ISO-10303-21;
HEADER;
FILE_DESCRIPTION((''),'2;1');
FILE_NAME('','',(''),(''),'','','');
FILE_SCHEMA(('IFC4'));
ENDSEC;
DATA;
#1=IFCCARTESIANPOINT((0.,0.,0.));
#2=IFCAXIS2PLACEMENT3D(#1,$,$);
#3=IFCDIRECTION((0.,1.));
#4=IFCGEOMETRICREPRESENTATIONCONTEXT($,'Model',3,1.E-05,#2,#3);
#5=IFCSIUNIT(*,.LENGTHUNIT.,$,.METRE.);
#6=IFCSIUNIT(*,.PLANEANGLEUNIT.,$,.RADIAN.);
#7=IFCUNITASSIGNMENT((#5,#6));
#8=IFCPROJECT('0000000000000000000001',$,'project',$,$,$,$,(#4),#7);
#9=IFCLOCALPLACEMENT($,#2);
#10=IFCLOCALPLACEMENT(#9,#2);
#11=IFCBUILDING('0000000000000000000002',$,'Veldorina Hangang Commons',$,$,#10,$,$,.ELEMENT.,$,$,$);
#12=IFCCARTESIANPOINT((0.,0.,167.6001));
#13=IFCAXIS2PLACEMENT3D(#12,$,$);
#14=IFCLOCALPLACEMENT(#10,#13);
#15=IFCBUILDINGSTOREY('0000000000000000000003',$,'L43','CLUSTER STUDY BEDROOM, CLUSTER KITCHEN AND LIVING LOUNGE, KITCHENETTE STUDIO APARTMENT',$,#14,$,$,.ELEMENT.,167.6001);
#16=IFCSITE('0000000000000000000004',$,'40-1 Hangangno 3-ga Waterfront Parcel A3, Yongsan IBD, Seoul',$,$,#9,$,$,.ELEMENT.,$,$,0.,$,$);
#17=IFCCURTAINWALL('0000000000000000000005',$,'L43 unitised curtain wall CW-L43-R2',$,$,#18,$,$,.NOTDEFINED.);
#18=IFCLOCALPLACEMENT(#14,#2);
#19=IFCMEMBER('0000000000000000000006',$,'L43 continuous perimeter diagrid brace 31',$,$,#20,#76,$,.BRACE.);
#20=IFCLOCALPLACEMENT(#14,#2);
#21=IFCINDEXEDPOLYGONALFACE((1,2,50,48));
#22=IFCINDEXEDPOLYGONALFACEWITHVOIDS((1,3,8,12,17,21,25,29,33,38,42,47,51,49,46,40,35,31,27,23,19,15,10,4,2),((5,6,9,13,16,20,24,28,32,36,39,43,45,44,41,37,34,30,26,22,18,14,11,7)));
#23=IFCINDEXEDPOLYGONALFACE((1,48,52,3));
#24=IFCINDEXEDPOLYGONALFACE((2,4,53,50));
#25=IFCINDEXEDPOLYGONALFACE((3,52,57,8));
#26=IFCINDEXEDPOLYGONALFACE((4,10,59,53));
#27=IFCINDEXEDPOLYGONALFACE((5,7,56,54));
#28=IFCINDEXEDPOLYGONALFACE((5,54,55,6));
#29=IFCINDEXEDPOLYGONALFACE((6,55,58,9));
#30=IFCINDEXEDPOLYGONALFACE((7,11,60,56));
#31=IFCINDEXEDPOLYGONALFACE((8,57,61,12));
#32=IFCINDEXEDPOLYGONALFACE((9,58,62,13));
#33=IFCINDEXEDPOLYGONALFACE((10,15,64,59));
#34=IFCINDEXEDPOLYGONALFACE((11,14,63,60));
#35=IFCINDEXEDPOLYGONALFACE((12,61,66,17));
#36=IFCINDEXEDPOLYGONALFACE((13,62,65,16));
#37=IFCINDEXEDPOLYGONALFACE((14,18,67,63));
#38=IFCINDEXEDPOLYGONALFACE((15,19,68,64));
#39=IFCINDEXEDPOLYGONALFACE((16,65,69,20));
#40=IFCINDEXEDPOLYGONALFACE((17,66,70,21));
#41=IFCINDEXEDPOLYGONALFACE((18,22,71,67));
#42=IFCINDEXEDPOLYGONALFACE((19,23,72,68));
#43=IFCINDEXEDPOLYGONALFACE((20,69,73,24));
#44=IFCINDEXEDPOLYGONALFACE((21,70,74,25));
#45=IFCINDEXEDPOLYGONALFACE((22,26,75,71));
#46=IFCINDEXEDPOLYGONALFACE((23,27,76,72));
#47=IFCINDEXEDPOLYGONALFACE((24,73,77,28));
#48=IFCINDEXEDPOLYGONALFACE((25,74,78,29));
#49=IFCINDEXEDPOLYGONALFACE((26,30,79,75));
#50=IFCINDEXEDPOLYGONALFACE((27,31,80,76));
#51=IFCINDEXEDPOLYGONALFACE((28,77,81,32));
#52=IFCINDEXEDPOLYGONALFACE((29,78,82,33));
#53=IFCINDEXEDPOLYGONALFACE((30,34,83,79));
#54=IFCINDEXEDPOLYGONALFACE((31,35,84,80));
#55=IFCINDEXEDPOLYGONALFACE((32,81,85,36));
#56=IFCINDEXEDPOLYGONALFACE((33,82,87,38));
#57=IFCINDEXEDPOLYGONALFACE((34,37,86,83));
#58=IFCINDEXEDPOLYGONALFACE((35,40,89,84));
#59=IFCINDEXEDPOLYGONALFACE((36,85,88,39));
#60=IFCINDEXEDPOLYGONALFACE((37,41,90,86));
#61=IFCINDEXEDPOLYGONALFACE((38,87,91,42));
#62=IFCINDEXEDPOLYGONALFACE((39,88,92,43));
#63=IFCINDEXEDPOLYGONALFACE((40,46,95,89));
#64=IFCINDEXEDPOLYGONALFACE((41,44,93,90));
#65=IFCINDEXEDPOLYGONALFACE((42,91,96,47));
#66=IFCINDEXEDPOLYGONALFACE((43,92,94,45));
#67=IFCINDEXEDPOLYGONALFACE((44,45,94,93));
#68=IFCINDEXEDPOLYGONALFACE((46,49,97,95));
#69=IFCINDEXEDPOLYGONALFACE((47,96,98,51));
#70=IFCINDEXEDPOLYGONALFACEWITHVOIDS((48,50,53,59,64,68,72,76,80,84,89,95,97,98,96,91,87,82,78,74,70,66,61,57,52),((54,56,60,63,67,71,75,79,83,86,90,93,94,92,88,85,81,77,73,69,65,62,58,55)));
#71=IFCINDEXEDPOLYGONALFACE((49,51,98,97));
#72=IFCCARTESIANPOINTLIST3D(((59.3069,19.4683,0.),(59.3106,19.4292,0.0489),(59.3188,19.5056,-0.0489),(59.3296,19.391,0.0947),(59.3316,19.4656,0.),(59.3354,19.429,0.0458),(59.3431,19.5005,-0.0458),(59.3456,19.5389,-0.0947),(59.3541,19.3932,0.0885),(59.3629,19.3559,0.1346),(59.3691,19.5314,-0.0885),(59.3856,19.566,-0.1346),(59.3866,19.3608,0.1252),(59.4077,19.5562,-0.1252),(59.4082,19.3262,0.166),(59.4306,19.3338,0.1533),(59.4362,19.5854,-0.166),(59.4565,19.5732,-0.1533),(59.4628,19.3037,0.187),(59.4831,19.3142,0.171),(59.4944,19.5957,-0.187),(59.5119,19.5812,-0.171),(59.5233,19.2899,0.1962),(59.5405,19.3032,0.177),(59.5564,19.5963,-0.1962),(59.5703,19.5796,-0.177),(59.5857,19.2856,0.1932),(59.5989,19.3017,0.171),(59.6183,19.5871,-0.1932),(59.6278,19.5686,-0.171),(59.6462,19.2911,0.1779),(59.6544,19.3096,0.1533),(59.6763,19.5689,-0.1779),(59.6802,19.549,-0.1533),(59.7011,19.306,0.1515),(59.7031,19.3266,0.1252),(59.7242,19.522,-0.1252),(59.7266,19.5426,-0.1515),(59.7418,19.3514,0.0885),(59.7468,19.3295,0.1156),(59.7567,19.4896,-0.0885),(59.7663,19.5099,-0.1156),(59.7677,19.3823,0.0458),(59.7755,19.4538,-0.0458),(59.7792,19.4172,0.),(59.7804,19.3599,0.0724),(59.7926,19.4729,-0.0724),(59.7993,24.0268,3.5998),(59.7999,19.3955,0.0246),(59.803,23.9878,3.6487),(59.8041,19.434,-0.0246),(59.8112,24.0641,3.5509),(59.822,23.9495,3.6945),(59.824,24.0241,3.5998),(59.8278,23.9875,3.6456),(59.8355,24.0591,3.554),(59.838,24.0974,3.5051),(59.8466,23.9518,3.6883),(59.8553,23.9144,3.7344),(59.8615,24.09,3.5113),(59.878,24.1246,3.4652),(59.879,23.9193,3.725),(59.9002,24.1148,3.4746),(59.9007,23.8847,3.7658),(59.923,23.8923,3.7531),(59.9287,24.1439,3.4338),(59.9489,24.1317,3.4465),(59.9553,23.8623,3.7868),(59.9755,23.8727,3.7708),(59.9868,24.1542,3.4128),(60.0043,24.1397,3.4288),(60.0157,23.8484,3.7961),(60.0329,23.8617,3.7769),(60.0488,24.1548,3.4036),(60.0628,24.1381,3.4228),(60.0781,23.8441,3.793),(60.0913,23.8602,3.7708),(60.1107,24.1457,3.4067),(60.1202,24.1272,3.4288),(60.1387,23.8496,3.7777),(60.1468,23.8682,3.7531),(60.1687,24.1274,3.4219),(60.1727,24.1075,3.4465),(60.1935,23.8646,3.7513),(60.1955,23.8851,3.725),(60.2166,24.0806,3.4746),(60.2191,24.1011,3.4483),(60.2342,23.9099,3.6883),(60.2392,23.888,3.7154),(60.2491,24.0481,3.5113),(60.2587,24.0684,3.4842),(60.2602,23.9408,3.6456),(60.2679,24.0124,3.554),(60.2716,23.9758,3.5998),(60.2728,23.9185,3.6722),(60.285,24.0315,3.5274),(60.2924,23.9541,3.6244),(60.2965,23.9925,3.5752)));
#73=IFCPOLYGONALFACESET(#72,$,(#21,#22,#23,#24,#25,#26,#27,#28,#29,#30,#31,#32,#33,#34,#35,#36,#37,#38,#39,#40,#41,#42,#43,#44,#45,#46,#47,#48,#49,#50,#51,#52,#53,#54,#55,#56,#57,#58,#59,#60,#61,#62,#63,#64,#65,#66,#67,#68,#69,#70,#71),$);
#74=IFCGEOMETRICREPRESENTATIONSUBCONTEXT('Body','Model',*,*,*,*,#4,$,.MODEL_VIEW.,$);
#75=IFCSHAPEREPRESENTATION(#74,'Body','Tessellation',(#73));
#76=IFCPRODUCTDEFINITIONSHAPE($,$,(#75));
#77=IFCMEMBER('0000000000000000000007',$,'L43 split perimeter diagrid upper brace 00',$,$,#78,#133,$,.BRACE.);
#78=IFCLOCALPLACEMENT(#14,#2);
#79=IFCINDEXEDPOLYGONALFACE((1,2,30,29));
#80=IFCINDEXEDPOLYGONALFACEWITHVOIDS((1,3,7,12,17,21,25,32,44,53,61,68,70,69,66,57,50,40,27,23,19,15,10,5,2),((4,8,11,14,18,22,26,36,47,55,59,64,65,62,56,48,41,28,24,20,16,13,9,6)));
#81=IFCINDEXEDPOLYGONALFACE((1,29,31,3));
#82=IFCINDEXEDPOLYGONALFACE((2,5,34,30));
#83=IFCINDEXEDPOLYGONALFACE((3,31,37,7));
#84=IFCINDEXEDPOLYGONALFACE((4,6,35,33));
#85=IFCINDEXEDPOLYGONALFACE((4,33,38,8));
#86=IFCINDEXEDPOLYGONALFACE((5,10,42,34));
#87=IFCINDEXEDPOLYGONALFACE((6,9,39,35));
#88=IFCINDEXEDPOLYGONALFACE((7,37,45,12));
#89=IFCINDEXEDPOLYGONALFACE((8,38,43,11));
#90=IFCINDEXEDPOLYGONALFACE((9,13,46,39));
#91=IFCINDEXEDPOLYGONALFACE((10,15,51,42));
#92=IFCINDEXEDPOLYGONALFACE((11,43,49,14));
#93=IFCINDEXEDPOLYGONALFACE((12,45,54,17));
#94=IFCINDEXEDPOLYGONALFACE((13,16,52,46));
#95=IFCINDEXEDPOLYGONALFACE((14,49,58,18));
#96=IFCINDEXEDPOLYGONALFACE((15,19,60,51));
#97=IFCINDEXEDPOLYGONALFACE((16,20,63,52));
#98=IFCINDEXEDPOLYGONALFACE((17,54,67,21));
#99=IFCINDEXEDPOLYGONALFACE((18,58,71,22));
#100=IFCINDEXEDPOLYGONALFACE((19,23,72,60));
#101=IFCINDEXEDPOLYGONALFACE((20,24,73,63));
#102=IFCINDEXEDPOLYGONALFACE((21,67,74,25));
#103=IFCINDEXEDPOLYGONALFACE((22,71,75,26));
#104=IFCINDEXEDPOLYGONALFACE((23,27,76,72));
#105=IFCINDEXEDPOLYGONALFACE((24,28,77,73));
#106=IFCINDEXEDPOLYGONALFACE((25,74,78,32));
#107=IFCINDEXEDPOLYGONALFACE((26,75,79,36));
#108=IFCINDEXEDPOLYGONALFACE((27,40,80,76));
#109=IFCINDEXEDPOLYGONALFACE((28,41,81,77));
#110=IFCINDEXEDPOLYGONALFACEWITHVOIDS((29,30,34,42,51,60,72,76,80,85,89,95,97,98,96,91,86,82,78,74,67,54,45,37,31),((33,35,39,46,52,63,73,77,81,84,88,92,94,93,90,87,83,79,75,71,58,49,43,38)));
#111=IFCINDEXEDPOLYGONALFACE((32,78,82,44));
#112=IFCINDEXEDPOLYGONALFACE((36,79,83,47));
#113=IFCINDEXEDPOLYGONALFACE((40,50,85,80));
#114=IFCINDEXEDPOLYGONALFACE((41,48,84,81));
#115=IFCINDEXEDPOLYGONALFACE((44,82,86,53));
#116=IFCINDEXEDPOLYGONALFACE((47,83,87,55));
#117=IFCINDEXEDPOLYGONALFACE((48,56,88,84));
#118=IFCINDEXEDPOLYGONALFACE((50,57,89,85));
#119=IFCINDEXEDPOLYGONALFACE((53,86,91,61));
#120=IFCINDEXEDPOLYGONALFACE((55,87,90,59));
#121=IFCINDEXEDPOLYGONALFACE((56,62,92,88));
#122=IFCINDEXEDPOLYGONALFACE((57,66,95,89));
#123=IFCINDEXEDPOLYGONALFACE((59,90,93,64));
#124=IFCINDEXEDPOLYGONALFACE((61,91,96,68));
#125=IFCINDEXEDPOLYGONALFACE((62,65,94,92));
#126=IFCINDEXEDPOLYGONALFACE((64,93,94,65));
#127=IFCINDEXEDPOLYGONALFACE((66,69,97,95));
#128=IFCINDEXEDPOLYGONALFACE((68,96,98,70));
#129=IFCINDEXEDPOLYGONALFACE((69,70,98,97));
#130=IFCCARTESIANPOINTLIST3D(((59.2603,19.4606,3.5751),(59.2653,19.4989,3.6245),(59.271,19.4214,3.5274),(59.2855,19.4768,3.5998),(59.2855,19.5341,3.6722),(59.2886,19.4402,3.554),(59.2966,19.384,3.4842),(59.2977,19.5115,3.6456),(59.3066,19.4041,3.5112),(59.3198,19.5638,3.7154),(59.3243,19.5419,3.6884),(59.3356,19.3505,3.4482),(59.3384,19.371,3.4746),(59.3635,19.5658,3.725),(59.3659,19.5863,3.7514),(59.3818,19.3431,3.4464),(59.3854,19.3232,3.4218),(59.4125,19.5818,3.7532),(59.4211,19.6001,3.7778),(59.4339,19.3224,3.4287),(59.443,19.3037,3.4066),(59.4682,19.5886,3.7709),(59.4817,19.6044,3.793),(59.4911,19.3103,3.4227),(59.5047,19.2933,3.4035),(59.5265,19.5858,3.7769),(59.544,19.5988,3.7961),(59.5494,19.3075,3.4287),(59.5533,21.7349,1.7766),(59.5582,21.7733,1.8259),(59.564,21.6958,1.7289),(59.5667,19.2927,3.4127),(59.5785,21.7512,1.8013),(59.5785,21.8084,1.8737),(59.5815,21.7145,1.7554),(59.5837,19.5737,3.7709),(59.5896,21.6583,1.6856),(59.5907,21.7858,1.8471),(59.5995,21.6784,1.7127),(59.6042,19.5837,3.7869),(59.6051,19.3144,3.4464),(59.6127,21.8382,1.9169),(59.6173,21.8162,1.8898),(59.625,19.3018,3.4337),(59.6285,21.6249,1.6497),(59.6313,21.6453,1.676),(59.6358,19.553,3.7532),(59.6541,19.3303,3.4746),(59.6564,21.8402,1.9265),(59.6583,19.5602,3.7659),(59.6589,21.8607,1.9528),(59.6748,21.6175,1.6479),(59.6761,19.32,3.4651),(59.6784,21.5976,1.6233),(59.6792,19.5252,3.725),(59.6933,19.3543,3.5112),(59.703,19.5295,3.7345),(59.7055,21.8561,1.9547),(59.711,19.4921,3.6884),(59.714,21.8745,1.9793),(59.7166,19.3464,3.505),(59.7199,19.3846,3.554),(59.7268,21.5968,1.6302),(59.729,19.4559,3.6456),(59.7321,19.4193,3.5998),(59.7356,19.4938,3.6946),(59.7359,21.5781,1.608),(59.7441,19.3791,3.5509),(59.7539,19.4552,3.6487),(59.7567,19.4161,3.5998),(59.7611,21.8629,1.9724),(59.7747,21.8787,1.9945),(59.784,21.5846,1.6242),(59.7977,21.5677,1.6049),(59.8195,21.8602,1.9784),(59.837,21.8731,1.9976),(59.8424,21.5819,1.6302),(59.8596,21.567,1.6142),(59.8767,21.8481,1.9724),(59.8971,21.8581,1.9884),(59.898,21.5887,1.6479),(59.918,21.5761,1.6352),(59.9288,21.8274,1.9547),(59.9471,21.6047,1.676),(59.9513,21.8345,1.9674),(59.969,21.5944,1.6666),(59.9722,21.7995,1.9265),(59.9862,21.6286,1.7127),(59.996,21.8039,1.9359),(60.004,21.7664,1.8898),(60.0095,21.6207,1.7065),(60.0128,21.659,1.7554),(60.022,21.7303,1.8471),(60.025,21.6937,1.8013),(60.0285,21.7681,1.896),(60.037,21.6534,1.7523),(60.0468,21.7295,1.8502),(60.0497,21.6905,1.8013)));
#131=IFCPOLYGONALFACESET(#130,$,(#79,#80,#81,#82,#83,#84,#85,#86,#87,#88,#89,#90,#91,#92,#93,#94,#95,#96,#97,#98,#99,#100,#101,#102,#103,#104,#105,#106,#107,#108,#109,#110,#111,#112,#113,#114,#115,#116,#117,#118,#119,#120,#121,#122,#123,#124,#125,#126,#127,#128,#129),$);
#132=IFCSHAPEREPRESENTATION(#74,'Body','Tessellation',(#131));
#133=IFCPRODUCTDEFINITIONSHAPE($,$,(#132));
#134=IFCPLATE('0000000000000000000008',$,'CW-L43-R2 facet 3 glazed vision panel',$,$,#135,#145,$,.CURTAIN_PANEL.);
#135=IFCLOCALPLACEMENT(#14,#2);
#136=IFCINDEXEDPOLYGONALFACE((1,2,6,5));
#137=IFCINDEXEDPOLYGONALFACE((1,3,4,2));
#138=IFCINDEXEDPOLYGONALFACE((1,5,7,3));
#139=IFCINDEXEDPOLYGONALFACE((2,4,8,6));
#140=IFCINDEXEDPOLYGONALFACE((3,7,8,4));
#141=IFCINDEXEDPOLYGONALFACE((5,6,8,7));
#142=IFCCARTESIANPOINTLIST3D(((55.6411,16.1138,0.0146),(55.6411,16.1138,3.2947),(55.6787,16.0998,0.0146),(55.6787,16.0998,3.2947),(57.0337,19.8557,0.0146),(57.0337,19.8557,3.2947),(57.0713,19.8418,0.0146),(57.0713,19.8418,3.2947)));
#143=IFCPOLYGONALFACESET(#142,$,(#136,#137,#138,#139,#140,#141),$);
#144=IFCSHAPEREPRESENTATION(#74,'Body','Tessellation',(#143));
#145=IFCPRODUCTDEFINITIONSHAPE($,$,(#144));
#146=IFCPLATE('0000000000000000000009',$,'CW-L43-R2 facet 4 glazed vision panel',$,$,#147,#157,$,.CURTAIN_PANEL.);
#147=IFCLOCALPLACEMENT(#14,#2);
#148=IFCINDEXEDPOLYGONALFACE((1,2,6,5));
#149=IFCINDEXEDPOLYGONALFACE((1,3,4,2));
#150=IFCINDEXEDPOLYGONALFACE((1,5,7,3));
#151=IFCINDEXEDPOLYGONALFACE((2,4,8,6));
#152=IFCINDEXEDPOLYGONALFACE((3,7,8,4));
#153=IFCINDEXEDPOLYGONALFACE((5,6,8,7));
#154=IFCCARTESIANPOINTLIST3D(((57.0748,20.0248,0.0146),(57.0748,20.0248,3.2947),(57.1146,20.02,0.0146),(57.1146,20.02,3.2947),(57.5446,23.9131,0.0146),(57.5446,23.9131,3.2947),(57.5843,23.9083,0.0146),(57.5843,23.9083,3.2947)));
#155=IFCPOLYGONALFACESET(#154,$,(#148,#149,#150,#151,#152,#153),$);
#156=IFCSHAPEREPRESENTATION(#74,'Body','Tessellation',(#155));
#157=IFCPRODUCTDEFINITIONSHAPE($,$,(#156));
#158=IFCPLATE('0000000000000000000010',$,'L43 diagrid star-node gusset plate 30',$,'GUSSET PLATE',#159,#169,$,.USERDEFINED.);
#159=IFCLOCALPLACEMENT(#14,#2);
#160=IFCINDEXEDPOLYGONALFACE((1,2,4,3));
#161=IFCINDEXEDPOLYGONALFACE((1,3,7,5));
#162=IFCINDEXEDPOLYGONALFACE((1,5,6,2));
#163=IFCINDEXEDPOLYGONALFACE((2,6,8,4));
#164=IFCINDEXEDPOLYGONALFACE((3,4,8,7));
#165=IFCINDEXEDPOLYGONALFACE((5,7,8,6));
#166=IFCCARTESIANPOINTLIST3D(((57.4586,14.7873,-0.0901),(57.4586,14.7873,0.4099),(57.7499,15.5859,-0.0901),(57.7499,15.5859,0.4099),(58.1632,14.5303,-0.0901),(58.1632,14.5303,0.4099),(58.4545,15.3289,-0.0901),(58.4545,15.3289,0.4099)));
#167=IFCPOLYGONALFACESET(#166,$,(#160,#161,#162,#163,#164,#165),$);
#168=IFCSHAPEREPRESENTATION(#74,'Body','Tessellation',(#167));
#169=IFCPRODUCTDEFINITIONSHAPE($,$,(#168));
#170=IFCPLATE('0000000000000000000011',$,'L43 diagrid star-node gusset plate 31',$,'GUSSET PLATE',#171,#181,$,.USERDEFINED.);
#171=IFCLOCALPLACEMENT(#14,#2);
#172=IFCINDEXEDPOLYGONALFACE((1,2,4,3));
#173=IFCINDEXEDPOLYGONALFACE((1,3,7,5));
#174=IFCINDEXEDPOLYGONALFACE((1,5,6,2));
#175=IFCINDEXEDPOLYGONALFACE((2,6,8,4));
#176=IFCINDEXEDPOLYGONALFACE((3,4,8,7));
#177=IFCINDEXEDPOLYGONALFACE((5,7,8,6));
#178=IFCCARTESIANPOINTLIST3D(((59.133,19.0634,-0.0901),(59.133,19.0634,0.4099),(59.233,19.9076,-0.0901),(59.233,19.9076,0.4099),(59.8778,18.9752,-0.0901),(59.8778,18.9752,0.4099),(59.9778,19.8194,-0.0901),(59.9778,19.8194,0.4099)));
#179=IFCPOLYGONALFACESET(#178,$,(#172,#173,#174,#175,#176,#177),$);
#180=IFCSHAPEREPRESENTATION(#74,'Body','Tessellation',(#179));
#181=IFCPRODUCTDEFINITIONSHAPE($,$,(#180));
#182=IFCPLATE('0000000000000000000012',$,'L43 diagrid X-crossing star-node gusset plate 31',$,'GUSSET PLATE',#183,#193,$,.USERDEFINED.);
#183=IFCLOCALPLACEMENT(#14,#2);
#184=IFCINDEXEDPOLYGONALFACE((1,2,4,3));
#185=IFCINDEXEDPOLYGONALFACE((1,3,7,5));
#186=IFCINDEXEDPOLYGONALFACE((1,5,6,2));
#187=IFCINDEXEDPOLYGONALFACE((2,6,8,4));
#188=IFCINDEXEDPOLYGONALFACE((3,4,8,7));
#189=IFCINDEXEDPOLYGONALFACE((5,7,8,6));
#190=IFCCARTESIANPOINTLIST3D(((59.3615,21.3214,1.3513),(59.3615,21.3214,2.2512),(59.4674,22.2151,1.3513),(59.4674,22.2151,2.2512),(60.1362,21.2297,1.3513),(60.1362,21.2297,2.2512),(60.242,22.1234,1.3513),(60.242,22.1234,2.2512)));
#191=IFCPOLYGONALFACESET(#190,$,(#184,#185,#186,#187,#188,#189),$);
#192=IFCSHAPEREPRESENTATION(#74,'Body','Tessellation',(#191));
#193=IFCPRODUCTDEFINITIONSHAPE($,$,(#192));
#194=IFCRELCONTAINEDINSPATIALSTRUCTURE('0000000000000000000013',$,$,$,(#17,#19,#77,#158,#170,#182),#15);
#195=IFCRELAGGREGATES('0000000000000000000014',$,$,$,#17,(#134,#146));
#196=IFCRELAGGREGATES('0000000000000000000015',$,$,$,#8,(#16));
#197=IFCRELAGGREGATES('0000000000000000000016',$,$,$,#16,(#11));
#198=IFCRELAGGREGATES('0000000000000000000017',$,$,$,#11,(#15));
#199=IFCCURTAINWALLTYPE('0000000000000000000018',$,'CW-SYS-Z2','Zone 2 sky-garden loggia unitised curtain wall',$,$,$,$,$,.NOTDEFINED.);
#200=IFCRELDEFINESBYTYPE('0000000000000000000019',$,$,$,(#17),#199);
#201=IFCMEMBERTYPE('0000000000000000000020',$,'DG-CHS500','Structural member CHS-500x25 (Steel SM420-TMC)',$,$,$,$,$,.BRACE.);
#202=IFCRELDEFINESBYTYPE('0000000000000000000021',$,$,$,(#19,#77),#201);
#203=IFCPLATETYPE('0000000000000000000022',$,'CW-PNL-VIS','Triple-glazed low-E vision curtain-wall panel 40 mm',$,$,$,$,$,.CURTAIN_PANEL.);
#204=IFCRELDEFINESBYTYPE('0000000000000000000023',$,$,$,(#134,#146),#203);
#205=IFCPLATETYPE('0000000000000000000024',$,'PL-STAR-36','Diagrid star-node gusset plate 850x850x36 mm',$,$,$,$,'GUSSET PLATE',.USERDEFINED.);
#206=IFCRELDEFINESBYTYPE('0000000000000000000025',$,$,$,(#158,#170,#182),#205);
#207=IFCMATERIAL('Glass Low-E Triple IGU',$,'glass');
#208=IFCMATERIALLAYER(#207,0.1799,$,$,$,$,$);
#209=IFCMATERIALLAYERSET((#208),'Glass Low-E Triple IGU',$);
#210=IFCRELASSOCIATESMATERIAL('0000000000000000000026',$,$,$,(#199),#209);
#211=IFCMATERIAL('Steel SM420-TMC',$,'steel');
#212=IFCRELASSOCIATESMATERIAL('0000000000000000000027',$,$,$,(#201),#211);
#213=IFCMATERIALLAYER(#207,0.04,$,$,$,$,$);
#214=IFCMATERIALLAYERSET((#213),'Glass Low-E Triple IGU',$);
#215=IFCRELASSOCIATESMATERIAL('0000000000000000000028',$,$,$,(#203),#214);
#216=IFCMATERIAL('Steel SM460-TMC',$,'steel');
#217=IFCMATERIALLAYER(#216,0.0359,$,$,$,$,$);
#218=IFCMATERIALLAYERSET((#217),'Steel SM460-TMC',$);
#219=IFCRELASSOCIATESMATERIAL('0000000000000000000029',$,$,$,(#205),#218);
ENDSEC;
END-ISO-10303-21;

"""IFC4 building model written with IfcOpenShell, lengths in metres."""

from ifc_helpers import new_model, si_unit, direction, frame, origin, origin_2d, place, context, subcontext, project, spatial, rectangle, hollow_circle, extrude, material, layer, layer_set, material_profile, profile_set, type_object, element, aggregate, save


model = new_model("IFC4")

# Units and contexts
model_context = context("Model", 3, precision=1e-05, world=origin(), true_north=direction((0.0, 1.0)))
body_context = subcontext(model_context, "Body", "Model", "MODEL_VIEW")
ifc_project = project(units=[si_unit("LENGTHUNIT", "METRE"), si_unit("PLANEANGLEUNIT", "RADIAN")], contexts=[model_context])

# Site, building, storey
site_placement = place(None, origin())
site = spatial("IfcSite", under=ifc_project, at=site_placement, Name="40-1 Hangangno 3-ga Waterfront Parcel A3, Yongsan IBD, Seoul", CompositionType="ELEMENT", RefElevation=0.0)
building_placement = place(site_placement, origin())
building = spatial("IfcBuilding", under=site, at=building_placement, Name="Veldorina Hangang Commons", CompositionType="ELEMENT")
storey_placement = place(building_placement, frame((0.0, 0.0, 167.6001)))
storey = spatial("IfcBuildingStorey", under=building, at=storey_placement, Name="L43", Description="CLUSTER STUDY BEDROOM, CLUSTER KITCHEN AND LIVING LOUNGE, KITCHENETTE STUDIO APARTMENT", CompositionType="ELEMENT", Elevation=167.6001)

# Shared definitions
ifc_material_1 = material(Name="Steel SM420-TMC", Category="steel")

# Curtain wall
ifc_material_2 = material(Name="Glass Low-E Triple IGU", Category="glass")
ifc_layer_1 = layer(ifc_material_2, 0.1799)
ifc_layer_set_1 = layer_set([ifc_layer_1], Name="Glass Low-E Triple IGU")
curtain_wall_type = type_object("IfcCurtainWallType", Name="CW-SYS-Z2", Description="Zone 2 sky-garden loggia unitised curtain wall", PredefinedType="NOTDEFINED", material=ifc_layer_set_1)
curtain_wall_placement = place(storey_placement, origin())
curtain_wall = element("IfcCurtainWall", 1, at=curtain_wall_placement, inside=storey, type_object=curtain_wall_type, Name="L43 unitised curtain wall CW-L43-R2", PredefinedType="NOTDEFINED")

# Members
ifc_material_profile_1 = material_profile(ifc_material_1, hollow_circle(Radius=0.25, WallThickness=0.0249, at=origin_2d()), Name="CHS-500x25")
ifc_profile_set_1 = profile_set([ifc_material_profile_1], Name="Steel SM420-TMC")
member_type_1 = type_object("IfcMemberType", Name="DG-CHS500", Description="Structural member CHS-500x25 (Steel SM420-TMC)", PredefinedType="BRACE", material=ifc_profile_set_1)
member_1_placement = place(storey_placement, frame((59.5554, 19.4414, 0.0), z_axis=(0.084473, 0.781997, 0.617531), x_axis=(-0.994216, 0.107398, 0.0)))
element("IfcMember", 2, at=member_1_placement, inside=storey, type_object=member_type_1, Name="L43 continuous perimeter diagrid brace 31", PredefinedType="BRACE", context=body_context, shape_type="SweptSolid", body=[
    extrude(hollow_circle(Radius=0.25, WallThickness=0.0249, at=origin_2d()), origin(), (0.0, 0.0, 1.0), 5.8293),
])
member_2_placement = place(storey_placement, frame((59.8018, 21.7224, 1.8013), z_axis=(-0.100525, -0.780407, 0.617138), x_axis=(0.991806, -0.127755, 0.0)))
element("IfcMember", 3, at=member_2_placement, inside=storey, type_object=member_type_1, Name="L43 split perimeter diagrid upper brace 00", PredefinedType="BRACE", context=body_context, shape_type="SweptSolid", body=[
    extrude(hollow_circle(Radius=0.25, WallThickness=0.0249, at=origin_2d()), origin(), (0.0, 0.0, 1.0), 2.9143),
])

# Plates
ifc_layer_2 = layer(ifc_material_2, 0.04)
ifc_layer_set_2 = layer_set([ifc_layer_2], Name="Glass Low-E Triple IGU")
plate_type_1 = type_object("IfcPlateType", Name="CW-PNL-VIS", Description="Triple-glazed low-E vision curtain-wall panel 40 mm", PredefinedType="CURTAIN_PANEL", material=ifc_layer_set_2)
plate_1_placement = place(storey_placement, frame((56.3562, 17.9778, 0.0146), z_axis=(0.0, 0.0, 1.0), x_axis=(0.348785, 0.937203, 0.0)))
plate_1 = element("IfcPlate", 4, at=plate_1_placement, type_object=plate_type_1, Name="CW-L43-R2 facet 3 glazed vision panel", PredefinedType="CURTAIN_PANEL", context=body_context, shape_type="SweptSolid", body=[
    extrude(rectangle(XDim=3.9927, YDim=0.04, at=origin_2d()), origin(), (0.0, 0.0, 1.0), 3.28),
])
plate_2_placement = place(storey_placement, frame((57.3296, 21.9666, 0.0146), z_axis=(0.0, 0.0, 1.0), x_axis=(0.119946, 0.99278, 0.0)))
plate_2 = element("IfcPlate", 5, at=plate_2_placement, type_object=plate_type_1, Name="CW-L43-R2 facet 4 glazed vision panel", PredefinedType="CURTAIN_PANEL", context=body_context, shape_type="SweptSolid", body=[
    extrude(rectangle(XDim=3.9165, YDim=0.04, at=origin_2d()), origin(), (0.0, 0.0, 1.0), 3.28),
])
aggregate(curtain_wall, [plate_1, plate_2])

# Plates
ifc_material_3 = material(Name="Steel SM460-TMC", Category="steel")
ifc_layer_3 = layer(ifc_material_3, 0.0359)
ifc_layer_set_3 = layer_set([ifc_layer_3], Name="Steel SM460-TMC")
plate_type_2 = type_object("IfcPlateType", Name="PL-STAR-36", Description="Diagrid star-node gusset plate 850x850x36 mm", ElementType="GUSSET PLATE", PredefinedType="USERDEFINED", material=ifc_layer_set_3)
for number, where, z_axis, x_axis, name in (
    (6, (57.9565, 15.0581, -0.0901), (0.0, 0.0, 1.0), (0.34266, 0.93946, 0.0), "L43 diagrid star-node gusset plate 30"),
    (7, (59.5554, 19.4414, -0.0901), (0.0, 0.0, 1.0), (0.117589, 0.993062, 0.0), "L43 diagrid star-node gusset plate 31"),
):
    element("IfcPlate", number, at=place(storey_placement, frame(where, z_axis=z_axis, x_axis=x_axis)), inside=storey, type_object=plate_type_2, Name=name, ObjectType="GUSSET PLATE", PredefinedType="USERDEFINED", context=body_context, shape_type="SweptSolid", body=[
        extrude(rectangle(XDim=0.8501, YDim=0.75, at=origin_2d()), origin(), (0.0, 0.0, 1.0), 0.5),
    ])
plate_3_placement = place(storey_placement, frame((59.8018, 21.7224, 1.3513), z_axis=(0.0, 0.0, 1.0), x_axis=(0.117589, 0.993062, 0.0)))
element("IfcPlate", 8, at=plate_3_placement, inside=storey, type_object=plate_type_2, Name="L43 diagrid X-crossing star-node gusset plate 31", ObjectType="GUSSET PLATE", PredefinedType="USERDEFINED", context=body_context, shape_type="SweptSolid", body=[
    extrude(rectangle(XDim=0.8999, YDim=0.78, at=origin_2d()), origin(), (0.0, 0.0, 1.0), 0.8999),
])

save(model, "model.ifc")
